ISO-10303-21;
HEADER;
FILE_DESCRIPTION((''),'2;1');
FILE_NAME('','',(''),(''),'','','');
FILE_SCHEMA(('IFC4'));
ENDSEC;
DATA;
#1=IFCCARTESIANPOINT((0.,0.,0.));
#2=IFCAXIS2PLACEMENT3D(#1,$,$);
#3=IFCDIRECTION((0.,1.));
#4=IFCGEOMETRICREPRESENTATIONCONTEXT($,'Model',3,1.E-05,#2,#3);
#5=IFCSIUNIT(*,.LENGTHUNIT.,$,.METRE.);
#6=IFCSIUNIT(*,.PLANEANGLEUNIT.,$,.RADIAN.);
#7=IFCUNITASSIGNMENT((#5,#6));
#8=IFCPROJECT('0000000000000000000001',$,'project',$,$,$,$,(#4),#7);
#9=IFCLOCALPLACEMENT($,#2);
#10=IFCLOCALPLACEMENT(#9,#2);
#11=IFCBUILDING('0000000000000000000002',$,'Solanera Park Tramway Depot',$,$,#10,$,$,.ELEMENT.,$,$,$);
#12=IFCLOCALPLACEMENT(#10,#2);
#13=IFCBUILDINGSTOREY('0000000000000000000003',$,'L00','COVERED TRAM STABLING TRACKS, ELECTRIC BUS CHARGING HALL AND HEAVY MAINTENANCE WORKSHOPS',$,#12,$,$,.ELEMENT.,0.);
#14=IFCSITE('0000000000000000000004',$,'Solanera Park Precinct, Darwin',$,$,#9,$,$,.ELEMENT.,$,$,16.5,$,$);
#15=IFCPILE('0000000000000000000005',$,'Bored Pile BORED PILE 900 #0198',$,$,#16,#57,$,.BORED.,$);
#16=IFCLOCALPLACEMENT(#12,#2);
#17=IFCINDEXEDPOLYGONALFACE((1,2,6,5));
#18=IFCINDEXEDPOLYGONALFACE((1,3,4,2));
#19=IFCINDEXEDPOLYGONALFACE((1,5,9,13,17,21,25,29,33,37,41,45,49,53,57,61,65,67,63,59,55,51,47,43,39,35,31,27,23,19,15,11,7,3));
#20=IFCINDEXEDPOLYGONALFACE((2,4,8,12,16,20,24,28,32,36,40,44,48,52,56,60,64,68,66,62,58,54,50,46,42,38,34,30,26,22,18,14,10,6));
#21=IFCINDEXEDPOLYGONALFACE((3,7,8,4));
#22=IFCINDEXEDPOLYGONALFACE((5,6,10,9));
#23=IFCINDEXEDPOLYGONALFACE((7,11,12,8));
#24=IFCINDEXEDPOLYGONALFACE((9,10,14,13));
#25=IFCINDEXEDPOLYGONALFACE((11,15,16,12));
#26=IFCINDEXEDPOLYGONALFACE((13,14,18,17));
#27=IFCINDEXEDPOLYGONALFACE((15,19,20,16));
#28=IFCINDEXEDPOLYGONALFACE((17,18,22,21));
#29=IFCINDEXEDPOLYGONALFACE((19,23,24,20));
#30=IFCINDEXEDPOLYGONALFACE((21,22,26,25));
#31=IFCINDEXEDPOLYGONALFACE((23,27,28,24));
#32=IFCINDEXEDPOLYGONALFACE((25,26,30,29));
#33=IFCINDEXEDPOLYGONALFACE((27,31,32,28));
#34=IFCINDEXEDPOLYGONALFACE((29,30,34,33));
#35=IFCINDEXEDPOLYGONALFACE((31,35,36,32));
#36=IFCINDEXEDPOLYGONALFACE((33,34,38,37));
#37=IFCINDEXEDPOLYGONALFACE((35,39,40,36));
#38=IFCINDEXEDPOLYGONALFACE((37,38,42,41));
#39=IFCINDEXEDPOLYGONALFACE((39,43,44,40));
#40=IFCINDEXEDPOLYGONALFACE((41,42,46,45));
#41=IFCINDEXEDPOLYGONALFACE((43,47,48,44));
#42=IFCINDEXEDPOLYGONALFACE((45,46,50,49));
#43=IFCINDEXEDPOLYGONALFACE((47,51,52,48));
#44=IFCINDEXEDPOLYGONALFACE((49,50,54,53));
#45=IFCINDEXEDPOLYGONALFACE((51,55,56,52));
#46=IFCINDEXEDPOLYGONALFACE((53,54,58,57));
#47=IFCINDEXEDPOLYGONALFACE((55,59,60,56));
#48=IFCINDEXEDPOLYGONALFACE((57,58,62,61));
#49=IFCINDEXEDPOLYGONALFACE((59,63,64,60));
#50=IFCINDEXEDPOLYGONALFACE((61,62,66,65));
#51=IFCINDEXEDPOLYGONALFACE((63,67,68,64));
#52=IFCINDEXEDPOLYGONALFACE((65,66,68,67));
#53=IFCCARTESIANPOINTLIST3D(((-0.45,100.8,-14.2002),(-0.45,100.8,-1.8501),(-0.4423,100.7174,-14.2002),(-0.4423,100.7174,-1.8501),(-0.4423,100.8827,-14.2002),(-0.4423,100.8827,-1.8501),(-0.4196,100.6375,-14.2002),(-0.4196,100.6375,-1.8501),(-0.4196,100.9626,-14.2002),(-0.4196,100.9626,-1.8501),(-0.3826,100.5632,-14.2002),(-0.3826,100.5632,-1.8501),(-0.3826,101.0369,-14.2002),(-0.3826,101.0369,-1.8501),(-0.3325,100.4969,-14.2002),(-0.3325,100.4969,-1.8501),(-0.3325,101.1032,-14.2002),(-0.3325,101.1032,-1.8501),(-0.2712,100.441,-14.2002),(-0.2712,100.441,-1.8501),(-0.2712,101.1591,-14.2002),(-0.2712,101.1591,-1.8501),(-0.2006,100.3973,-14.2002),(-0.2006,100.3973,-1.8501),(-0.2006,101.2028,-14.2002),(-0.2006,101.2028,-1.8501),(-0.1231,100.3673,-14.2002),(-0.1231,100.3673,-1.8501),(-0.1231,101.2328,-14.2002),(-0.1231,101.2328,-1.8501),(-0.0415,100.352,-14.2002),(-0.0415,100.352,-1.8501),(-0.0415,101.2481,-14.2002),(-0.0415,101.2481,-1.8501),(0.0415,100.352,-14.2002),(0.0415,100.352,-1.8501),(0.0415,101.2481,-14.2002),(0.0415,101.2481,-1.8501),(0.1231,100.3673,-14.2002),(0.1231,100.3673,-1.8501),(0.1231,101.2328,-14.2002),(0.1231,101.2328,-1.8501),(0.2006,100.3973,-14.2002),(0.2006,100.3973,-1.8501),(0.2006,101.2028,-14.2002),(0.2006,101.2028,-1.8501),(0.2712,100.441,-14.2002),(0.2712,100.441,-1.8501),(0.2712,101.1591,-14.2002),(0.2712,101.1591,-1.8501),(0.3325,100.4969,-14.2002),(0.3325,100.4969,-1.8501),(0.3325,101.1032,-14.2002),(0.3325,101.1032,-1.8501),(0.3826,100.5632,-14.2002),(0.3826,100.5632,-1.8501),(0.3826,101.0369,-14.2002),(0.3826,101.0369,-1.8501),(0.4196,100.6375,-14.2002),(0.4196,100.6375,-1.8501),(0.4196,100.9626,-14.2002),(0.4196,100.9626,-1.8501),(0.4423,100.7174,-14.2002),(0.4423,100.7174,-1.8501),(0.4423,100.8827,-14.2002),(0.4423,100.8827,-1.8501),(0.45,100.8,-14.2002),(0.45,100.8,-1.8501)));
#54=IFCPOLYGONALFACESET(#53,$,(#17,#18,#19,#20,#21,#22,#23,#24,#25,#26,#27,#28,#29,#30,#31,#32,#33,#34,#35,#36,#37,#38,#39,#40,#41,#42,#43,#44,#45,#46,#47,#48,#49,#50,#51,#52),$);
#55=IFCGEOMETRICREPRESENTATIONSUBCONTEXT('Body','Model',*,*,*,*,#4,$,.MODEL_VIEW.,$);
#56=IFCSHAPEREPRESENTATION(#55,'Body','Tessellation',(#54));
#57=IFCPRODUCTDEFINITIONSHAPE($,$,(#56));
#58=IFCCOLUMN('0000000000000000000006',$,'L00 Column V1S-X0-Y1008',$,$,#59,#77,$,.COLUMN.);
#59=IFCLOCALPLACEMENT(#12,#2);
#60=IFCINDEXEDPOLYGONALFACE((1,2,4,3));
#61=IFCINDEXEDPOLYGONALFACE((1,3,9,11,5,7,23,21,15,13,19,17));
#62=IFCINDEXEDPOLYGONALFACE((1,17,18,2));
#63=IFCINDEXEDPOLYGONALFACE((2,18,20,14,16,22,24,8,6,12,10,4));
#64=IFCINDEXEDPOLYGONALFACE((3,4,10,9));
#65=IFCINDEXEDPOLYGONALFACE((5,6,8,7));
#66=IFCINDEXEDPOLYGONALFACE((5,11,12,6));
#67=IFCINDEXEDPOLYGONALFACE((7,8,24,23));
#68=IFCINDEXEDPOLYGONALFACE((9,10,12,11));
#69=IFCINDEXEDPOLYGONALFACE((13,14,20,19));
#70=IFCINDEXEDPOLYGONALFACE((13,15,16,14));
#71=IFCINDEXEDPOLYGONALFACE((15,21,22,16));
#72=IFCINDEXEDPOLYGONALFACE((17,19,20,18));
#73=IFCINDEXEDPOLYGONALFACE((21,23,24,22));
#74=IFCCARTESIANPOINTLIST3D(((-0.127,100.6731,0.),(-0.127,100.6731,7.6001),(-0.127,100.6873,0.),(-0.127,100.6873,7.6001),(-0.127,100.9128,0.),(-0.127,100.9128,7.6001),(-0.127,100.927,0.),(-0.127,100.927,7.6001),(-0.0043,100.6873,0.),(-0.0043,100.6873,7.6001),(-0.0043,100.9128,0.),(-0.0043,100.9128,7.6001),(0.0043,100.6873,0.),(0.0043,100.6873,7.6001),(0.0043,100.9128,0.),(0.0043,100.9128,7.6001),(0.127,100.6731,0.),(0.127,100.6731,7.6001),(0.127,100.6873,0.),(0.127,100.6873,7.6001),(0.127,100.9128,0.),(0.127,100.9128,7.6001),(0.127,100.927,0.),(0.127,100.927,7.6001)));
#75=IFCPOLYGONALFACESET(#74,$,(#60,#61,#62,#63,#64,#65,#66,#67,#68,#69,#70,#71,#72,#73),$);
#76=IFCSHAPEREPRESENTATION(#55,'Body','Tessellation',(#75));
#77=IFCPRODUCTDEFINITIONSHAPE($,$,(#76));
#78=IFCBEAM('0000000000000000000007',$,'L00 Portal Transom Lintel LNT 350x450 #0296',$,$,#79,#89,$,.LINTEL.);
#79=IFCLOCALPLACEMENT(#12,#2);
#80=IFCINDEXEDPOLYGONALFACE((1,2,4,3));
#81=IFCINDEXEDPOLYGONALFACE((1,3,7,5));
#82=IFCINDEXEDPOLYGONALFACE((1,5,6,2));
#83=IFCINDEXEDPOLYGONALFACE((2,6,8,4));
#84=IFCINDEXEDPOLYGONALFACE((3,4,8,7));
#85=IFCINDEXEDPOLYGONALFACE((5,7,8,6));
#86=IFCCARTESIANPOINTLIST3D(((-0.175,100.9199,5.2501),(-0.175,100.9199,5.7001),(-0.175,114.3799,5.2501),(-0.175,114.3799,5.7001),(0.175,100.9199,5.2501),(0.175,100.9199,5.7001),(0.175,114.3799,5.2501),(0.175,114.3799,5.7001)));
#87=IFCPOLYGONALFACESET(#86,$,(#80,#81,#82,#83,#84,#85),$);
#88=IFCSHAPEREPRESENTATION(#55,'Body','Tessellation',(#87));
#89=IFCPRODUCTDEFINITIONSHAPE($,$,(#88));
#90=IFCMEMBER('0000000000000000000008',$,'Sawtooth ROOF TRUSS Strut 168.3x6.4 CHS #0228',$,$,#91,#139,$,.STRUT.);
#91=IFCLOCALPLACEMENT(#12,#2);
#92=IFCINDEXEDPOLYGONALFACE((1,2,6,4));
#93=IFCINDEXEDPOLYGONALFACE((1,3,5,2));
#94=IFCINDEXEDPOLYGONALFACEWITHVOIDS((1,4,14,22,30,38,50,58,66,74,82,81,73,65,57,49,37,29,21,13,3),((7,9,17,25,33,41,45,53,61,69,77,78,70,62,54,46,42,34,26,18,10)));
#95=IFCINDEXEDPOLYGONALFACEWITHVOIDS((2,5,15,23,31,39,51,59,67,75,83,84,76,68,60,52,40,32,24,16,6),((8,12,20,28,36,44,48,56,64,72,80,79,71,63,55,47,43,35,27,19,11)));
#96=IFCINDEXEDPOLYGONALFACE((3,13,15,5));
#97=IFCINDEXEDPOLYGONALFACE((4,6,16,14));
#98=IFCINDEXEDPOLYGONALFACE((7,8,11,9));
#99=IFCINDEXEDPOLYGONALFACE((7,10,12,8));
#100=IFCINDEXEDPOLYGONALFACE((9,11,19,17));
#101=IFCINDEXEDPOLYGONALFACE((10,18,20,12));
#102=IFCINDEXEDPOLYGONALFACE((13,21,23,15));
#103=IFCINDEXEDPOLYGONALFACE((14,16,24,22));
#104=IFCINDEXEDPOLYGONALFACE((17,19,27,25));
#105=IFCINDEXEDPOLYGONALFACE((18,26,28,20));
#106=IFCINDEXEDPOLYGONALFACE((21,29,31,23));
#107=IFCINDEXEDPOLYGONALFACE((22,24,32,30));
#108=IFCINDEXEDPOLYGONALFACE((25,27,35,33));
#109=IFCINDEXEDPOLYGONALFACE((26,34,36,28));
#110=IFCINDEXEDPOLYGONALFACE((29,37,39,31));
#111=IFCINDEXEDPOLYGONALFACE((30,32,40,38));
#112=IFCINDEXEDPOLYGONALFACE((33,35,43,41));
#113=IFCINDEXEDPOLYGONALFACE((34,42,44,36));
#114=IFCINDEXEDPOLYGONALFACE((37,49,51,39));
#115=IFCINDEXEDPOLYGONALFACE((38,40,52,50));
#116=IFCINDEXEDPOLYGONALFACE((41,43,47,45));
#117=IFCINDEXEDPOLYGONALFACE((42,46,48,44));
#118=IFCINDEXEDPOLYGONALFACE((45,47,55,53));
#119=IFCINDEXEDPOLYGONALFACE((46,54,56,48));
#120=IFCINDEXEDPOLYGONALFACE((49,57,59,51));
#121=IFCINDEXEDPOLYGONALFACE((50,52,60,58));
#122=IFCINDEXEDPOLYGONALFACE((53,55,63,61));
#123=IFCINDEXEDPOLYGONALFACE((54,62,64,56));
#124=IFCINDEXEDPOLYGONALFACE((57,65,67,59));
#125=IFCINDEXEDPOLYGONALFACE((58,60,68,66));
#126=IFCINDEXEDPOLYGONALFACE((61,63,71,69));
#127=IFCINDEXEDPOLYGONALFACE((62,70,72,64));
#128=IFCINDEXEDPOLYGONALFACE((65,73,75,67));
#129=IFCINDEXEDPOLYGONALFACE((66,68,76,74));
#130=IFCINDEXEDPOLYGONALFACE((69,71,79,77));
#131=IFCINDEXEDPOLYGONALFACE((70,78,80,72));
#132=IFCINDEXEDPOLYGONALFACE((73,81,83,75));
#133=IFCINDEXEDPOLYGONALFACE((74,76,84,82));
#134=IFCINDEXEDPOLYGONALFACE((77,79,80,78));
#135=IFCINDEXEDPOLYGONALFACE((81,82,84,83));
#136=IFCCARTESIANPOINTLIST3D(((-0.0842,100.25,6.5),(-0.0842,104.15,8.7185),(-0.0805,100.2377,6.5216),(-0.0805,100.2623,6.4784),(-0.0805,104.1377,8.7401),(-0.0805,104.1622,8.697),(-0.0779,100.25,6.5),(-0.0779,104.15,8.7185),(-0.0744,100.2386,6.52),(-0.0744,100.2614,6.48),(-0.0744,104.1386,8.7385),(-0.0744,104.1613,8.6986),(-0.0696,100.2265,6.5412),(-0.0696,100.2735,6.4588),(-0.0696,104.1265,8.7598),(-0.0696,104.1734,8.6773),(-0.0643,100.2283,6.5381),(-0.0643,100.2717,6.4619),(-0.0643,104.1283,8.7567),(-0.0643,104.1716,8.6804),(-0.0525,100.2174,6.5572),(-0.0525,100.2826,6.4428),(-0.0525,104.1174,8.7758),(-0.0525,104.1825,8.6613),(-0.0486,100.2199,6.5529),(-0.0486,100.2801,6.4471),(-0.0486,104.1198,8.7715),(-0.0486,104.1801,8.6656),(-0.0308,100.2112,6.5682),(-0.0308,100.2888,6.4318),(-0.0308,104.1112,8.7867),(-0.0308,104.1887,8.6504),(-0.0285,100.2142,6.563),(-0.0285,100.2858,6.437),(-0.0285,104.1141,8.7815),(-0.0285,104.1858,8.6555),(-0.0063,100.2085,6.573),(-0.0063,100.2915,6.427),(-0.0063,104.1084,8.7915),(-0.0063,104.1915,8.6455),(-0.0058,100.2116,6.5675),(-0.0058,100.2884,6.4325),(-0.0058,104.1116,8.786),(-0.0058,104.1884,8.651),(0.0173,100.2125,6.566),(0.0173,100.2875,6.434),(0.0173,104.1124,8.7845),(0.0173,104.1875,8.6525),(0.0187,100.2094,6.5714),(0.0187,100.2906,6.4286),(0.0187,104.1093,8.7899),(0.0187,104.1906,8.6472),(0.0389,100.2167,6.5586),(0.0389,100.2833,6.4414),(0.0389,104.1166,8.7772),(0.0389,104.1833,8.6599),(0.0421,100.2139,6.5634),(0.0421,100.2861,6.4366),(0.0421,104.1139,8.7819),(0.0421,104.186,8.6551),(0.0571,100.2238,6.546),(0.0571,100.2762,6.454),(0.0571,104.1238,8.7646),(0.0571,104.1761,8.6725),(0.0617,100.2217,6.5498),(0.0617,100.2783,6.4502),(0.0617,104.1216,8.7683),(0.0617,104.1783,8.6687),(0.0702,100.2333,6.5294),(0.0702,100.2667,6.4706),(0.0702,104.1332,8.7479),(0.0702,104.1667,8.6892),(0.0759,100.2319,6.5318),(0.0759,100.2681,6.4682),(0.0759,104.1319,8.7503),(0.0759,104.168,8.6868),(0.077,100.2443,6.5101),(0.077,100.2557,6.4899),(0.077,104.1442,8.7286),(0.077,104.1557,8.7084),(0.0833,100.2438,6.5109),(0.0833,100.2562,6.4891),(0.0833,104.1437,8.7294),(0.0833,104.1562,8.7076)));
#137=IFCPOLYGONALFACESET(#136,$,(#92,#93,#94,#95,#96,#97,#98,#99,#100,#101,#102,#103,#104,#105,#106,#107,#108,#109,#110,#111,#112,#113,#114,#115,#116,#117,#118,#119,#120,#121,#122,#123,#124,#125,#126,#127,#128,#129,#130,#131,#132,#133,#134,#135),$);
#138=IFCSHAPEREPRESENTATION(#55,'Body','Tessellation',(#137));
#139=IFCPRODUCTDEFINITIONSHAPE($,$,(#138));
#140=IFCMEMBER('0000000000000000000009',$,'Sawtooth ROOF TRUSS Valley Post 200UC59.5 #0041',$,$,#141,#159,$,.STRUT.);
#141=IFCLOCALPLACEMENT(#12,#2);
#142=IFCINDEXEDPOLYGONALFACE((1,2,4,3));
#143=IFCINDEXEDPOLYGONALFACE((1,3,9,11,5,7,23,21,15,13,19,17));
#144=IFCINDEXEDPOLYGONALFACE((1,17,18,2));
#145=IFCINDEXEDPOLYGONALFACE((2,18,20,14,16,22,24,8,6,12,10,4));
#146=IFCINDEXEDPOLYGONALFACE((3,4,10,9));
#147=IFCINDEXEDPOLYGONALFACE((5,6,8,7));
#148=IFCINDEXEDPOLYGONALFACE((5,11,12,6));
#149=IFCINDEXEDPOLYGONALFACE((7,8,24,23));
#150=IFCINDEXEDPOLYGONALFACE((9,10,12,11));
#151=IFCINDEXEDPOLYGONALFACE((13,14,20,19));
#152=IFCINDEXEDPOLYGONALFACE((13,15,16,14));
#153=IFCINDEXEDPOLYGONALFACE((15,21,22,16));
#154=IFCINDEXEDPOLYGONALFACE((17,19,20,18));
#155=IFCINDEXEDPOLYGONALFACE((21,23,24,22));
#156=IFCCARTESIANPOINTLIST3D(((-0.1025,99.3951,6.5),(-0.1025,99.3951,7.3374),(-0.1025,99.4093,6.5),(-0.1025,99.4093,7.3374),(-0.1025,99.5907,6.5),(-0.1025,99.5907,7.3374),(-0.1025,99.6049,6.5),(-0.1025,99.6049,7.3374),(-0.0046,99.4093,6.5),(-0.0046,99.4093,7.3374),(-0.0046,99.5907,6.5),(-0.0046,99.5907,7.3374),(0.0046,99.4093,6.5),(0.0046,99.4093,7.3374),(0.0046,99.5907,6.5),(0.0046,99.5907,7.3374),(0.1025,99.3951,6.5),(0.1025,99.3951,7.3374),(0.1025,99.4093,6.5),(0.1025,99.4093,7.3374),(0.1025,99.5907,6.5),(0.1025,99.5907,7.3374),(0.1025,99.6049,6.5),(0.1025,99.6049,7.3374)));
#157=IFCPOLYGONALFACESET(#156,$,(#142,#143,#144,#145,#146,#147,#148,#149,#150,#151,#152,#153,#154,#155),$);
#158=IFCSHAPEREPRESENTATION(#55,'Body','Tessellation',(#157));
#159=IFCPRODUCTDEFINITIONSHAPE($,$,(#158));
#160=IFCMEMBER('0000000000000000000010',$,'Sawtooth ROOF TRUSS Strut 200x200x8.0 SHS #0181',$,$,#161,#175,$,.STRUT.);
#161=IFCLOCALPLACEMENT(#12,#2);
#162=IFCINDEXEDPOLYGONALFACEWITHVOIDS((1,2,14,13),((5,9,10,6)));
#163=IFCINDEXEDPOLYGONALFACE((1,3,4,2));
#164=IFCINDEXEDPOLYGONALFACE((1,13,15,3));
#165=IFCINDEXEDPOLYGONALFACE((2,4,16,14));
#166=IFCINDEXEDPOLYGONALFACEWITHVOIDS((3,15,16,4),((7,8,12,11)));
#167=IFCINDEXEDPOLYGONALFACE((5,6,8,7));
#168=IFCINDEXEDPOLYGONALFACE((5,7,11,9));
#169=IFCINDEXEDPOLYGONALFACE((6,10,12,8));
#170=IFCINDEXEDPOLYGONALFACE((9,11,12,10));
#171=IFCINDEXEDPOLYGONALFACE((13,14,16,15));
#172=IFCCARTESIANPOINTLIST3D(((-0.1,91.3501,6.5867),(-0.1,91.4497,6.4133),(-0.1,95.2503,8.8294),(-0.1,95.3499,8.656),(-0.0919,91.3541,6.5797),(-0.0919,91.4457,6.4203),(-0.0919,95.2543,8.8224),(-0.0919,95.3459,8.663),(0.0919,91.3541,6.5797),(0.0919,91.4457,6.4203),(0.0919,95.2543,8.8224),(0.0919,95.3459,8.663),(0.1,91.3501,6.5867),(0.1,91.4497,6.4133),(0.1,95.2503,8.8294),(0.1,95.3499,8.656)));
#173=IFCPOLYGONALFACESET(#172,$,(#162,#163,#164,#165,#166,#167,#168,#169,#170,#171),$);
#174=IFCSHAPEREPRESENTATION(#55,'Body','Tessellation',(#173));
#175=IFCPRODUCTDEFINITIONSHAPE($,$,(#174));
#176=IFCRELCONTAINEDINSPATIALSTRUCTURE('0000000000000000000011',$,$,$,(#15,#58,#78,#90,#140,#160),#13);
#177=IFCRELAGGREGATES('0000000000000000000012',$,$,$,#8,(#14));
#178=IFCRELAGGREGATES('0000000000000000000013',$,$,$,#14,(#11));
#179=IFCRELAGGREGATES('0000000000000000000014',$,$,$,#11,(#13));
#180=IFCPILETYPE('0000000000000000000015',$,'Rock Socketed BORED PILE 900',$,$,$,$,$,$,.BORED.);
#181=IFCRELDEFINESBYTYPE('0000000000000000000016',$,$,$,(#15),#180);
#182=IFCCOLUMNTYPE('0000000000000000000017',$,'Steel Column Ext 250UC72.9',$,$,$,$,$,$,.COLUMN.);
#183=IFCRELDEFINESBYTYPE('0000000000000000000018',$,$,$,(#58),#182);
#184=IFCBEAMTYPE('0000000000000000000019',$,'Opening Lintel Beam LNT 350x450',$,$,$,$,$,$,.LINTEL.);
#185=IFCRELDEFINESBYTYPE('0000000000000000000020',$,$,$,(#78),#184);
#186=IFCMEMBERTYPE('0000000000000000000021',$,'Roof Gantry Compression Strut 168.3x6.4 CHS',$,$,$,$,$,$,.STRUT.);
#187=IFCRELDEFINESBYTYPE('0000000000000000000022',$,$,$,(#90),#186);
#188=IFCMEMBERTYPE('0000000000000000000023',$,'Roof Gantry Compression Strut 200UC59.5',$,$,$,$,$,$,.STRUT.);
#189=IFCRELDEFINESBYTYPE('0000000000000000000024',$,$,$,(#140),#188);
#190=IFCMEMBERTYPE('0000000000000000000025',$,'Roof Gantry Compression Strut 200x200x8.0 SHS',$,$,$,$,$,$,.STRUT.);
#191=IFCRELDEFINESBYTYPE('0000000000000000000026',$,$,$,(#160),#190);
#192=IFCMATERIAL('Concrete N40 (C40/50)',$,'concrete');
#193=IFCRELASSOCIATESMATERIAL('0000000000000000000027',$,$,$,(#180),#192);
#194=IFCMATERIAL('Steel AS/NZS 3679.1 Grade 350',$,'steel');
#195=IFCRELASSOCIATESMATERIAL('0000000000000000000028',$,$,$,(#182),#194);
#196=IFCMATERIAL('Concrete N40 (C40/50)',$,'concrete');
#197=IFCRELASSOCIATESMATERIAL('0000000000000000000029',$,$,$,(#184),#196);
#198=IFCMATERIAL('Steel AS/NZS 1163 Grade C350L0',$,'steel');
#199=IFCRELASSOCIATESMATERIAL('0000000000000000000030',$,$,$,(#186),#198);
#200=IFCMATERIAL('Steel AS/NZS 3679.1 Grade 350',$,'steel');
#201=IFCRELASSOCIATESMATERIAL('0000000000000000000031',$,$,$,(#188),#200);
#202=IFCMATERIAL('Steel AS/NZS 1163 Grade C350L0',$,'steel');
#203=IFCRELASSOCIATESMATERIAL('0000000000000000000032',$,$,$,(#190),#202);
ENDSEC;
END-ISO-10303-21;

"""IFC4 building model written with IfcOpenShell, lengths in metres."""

from ifc_helpers import new_model, si_unit, direction, frame, origin, origin_2d, place, context, subcontext, project, spatial, rectangle, hollow_rectangle, circle, hollow_circle, i_section, extrude, material, material_profile, profile_set, type_object, element, save


model = new_model("IFC4")

# Units and contexts
model_context = context("Model", 3, precision=1e-05, world=origin(), true_north=direction((0.0, 1.0)))
body_context = subcontext(model_context, "Body", "Model", "MODEL_VIEW")
ifc_project = project(units=[si_unit("LENGTHUNIT", "METRE"), si_unit("PLANEANGLEUNIT", "RADIAN")], contexts=[model_context])

# Site, building, storey
site_placement = place(None, origin())
site = spatial("IfcSite", under=ifc_project, at=site_placement, Name="Solanera Park Precinct, Darwin", CompositionType="ELEMENT", RefElevation=16.5)
building_placement = place(site_placement, origin())
building = spatial("IfcBuilding", under=site, at=building_placement, Name="Solanera Park Tramway Depot", CompositionType="ELEMENT")
storey_placement = place(building_placement, origin())
storey = spatial("IfcBuildingStorey", under=building, at=storey_placement, Name="L00", Description="COVERED TRAM STABLING TRACKS, ELECTRIC BUS CHARGING HALL AND HEAVY MAINTENANCE WORKSHOPS", CompositionType="ELEMENT", Elevation=0.0)

# Pile
ifc_material_1 = material(Name="Concrete N40 (C40/50)", Category="concrete")
ifc_material_profile_1 = material_profile(ifc_material_1, circle(Radius=0.45, at=origin_2d()), Name="BORED PILE 900")
ifc_profile_set_1 = profile_set([ifc_material_profile_1], Name="Concrete N40 (C40/50)")
pile_type = type_object("IfcPileType", Name="Rock Socketed BORED PILE 900", PredefinedType="BORED", material=ifc_profile_set_1)
pile_placement = place(storey_placement, frame((0.0, 100.8, -1.8501), z_axis=(0.0, 0.0, -1.0), x_axis=(1.0, 0.0, 0.0)))
element("IfcPile", 1, at=pile_placement, inside=storey, type_object=pile_type, Name="Bored Pile BORED PILE 900 #0198", PredefinedType="BORED", context=body_context, shape_type="SweptSolid", body=[
    extrude(circle(Radius=0.45, at=origin_2d()), origin(), (0.0, 0.0, 1.0), 12.3501),
])

# Column
ifc_material_2 = material(Name="Steel AS/NZS 3679.1 Grade 350", Category="steel")
ifc_material_profile_2 = material_profile(ifc_material_2, i_section(OverallWidth=0.2539, OverallDepth=0.2539, WebThickness=0.0085, FlangeThickness=0.0142, at=origin_2d()), Name="250UC72.9")
ifc_profile_set_2 = profile_set([ifc_material_profile_2], Name="Steel AS/NZS 3679.1 Grade 350")
column_type = type_object("IfcColumnType", Name="Steel Column Ext 250UC72.9", PredefinedType="COLUMN", material=ifc_profile_set_2)
column_placement = place(storey_placement, frame((0.0, 100.8, 0.0), z_axis=(0.0, 0.0, 1.0), x_axis=(1.0, 0.0, 0.0)))
element("IfcColumn", 2, at=column_placement, inside=storey, type_object=column_type, Name="L00 Column V1S-X0-Y1008", PredefinedType="COLUMN", context=body_context, shape_type="SweptSolid", body=[
    extrude(i_section(OverallWidth=0.2539, OverallDepth=0.2539, WebThickness=0.0085, FlangeThickness=0.0142, at=origin_2d()), origin(), (0.0, 0.0, 1.0), 7.6001),
])

# Beam
ifc_material_3 = material(Name="Concrete N40 (C40/50)", Category="concrete")
ifc_material_profile_3 = material_profile(ifc_material_3, rectangle(XDim=0.3501, YDim=0.45, at=origin_2d()), Name="LNT 350x450")
ifc_profile_set_3 = profile_set([ifc_material_profile_3], Name="Concrete N40 (C40/50)")
beam_type_1 = type_object("IfcBeamType", Name="Opening Lintel Beam LNT 350x450", PredefinedType="LINTEL", material=ifc_profile_set_3)
beam_1_placement = place(storey_placement, frame((0.0, 100.9199, 5.4751), z_axis=(0.0, 1.0, 0.0), x_axis=(-1.0, 0.0, 0.0)))
element("IfcBeam", 3, at=beam_1_placement, inside=storey, type_object=beam_type_1, Name="L00 Portal Transom Lintel LNT 350x450 #0296", PredefinedType="LINTEL", context=body_context, shape_type="SweptSolid", body=[
    extrude(rectangle(XDim=0.3501, YDim=0.45, at=origin_2d()), origin(), (0.0, 0.0, 1.0), 13.46),
])

# Members
ifc_material_4 = material(Name="Steel AS/NZS 1163 Grade C350L0", Category="steel")
ifc_material_profile_4 = material_profile(ifc_material_4, hollow_circle(Radius=0.0842, WallThickness=0.0063, at=origin_2d()), Name="168.3x6.4 CHS")
ifc_profile_set_4 = profile_set([ifc_material_profile_4], Name="Steel AS/NZS 1163 Grade C350L0")
member_type_1 = type_object("IfcMemberType", Name="Roof Gantry Compression Strut 168.3x6.4 CHS", PredefinedType="STRUT", material=ifc_profile_set_4)
member_1_placement = place(storey_placement, frame((0.0, 100.25, 6.5), z_axis=(0.0, 0.869203, 0.494456), x_axis=(-1.0, 0.0, 0.0)))
element("IfcMember", 4, at=member_1_placement, inside=storey, type_object=member_type_1, Name="Sawtooth ROOF TRUSS Strut 168.3x6.4 CHS #0228", PredefinedType="STRUT", context=body_context, shape_type="SweptSolid", body=[
    extrude(hollow_circle(Radius=0.0842, WallThickness=0.0063, at=origin_2d()), origin(), (0.0, 0.0, 1.0), 4.4868),
])
ifc_material_5 = material(Name="Steel AS/NZS 3679.1 Grade 350", Category="steel")
ifc_material_profile_5 = material_profile(ifc_material_5, i_section(OverallWidth=0.2051, OverallDepth=0.2097, WebThickness=0.0093, FlangeThickness=0.0142, at=origin_2d()), Name="200UC59.5")
ifc_profile_set_5 = profile_set([ifc_material_profile_5], Name="Steel AS/NZS 3679.1 Grade 350")
member_type_2 = type_object("IfcMemberType", Name="Roof Gantry Compression Strut 200UC59.5", PredefinedType="STRUT", material=ifc_profile_set_5)
member_2_placement = place(storey_placement, frame((0.0, 99.5, 6.5), z_axis=(0.0, 0.0, 1.0), x_axis=(1.0, 0.0, 0.0)))
element("IfcMember", 5, at=member_2_placement, inside=storey, type_object=member_type_2, Name="Sawtooth ROOF TRUSS Valley Post 200UC59.5 #0041", PredefinedType="STRUT", context=body_context, shape_type="SweptSolid", body=[
    extrude(i_section(OverallWidth=0.2051, OverallDepth=0.2097, WebThickness=0.0093, FlangeThickness=0.0142, at=origin_2d()), origin(), (0.0, 0.0, 1.0), 0.8374),
])
ifc_material_6 = material(Name="Steel AS/NZS 1163 Grade C350L0", Category="steel")
ifc_material_profile_6 = material_profile(ifc_material_6, hollow_rectangle(XDim=0.2, YDim=0.2, WallThickness=0.0081, at=origin_2d()), Name="200x200x8.0 SHS")
ifc_profile_set_6 = profile_set([ifc_material_profile_6], Name="Steel AS/NZS 1163 Grade C350L0")
member_type_3 = type_object("IfcMemberType", Name="Roof Gantry Compression Strut 200x200x8.0 SHS", PredefinedType="STRUT", material=ifc_profile_set_6)
member_3_placement = place(storey_placement, frame((0.0, 91.3999, 6.5), z_axis=(0.0, 0.866898, 0.498486), x_axis=(-1.0, 0.0, 0.0)))
element("IfcMember", 6, at=member_3_placement, inside=storey, type_object=member_type_3, Name="Sawtooth ROOF TRUSS Strut 200x200x8.0 SHS #0181", PredefinedType="STRUT", context=body_context, shape_type="SweptSolid", body=[
    extrude(hollow_rectangle(XDim=0.2, YDim=0.2, WallThickness=0.0081, at=origin_2d()), origin(), (0.0, 0.0, 1.0), 4.499),
])

save(model, "model.ifc")
